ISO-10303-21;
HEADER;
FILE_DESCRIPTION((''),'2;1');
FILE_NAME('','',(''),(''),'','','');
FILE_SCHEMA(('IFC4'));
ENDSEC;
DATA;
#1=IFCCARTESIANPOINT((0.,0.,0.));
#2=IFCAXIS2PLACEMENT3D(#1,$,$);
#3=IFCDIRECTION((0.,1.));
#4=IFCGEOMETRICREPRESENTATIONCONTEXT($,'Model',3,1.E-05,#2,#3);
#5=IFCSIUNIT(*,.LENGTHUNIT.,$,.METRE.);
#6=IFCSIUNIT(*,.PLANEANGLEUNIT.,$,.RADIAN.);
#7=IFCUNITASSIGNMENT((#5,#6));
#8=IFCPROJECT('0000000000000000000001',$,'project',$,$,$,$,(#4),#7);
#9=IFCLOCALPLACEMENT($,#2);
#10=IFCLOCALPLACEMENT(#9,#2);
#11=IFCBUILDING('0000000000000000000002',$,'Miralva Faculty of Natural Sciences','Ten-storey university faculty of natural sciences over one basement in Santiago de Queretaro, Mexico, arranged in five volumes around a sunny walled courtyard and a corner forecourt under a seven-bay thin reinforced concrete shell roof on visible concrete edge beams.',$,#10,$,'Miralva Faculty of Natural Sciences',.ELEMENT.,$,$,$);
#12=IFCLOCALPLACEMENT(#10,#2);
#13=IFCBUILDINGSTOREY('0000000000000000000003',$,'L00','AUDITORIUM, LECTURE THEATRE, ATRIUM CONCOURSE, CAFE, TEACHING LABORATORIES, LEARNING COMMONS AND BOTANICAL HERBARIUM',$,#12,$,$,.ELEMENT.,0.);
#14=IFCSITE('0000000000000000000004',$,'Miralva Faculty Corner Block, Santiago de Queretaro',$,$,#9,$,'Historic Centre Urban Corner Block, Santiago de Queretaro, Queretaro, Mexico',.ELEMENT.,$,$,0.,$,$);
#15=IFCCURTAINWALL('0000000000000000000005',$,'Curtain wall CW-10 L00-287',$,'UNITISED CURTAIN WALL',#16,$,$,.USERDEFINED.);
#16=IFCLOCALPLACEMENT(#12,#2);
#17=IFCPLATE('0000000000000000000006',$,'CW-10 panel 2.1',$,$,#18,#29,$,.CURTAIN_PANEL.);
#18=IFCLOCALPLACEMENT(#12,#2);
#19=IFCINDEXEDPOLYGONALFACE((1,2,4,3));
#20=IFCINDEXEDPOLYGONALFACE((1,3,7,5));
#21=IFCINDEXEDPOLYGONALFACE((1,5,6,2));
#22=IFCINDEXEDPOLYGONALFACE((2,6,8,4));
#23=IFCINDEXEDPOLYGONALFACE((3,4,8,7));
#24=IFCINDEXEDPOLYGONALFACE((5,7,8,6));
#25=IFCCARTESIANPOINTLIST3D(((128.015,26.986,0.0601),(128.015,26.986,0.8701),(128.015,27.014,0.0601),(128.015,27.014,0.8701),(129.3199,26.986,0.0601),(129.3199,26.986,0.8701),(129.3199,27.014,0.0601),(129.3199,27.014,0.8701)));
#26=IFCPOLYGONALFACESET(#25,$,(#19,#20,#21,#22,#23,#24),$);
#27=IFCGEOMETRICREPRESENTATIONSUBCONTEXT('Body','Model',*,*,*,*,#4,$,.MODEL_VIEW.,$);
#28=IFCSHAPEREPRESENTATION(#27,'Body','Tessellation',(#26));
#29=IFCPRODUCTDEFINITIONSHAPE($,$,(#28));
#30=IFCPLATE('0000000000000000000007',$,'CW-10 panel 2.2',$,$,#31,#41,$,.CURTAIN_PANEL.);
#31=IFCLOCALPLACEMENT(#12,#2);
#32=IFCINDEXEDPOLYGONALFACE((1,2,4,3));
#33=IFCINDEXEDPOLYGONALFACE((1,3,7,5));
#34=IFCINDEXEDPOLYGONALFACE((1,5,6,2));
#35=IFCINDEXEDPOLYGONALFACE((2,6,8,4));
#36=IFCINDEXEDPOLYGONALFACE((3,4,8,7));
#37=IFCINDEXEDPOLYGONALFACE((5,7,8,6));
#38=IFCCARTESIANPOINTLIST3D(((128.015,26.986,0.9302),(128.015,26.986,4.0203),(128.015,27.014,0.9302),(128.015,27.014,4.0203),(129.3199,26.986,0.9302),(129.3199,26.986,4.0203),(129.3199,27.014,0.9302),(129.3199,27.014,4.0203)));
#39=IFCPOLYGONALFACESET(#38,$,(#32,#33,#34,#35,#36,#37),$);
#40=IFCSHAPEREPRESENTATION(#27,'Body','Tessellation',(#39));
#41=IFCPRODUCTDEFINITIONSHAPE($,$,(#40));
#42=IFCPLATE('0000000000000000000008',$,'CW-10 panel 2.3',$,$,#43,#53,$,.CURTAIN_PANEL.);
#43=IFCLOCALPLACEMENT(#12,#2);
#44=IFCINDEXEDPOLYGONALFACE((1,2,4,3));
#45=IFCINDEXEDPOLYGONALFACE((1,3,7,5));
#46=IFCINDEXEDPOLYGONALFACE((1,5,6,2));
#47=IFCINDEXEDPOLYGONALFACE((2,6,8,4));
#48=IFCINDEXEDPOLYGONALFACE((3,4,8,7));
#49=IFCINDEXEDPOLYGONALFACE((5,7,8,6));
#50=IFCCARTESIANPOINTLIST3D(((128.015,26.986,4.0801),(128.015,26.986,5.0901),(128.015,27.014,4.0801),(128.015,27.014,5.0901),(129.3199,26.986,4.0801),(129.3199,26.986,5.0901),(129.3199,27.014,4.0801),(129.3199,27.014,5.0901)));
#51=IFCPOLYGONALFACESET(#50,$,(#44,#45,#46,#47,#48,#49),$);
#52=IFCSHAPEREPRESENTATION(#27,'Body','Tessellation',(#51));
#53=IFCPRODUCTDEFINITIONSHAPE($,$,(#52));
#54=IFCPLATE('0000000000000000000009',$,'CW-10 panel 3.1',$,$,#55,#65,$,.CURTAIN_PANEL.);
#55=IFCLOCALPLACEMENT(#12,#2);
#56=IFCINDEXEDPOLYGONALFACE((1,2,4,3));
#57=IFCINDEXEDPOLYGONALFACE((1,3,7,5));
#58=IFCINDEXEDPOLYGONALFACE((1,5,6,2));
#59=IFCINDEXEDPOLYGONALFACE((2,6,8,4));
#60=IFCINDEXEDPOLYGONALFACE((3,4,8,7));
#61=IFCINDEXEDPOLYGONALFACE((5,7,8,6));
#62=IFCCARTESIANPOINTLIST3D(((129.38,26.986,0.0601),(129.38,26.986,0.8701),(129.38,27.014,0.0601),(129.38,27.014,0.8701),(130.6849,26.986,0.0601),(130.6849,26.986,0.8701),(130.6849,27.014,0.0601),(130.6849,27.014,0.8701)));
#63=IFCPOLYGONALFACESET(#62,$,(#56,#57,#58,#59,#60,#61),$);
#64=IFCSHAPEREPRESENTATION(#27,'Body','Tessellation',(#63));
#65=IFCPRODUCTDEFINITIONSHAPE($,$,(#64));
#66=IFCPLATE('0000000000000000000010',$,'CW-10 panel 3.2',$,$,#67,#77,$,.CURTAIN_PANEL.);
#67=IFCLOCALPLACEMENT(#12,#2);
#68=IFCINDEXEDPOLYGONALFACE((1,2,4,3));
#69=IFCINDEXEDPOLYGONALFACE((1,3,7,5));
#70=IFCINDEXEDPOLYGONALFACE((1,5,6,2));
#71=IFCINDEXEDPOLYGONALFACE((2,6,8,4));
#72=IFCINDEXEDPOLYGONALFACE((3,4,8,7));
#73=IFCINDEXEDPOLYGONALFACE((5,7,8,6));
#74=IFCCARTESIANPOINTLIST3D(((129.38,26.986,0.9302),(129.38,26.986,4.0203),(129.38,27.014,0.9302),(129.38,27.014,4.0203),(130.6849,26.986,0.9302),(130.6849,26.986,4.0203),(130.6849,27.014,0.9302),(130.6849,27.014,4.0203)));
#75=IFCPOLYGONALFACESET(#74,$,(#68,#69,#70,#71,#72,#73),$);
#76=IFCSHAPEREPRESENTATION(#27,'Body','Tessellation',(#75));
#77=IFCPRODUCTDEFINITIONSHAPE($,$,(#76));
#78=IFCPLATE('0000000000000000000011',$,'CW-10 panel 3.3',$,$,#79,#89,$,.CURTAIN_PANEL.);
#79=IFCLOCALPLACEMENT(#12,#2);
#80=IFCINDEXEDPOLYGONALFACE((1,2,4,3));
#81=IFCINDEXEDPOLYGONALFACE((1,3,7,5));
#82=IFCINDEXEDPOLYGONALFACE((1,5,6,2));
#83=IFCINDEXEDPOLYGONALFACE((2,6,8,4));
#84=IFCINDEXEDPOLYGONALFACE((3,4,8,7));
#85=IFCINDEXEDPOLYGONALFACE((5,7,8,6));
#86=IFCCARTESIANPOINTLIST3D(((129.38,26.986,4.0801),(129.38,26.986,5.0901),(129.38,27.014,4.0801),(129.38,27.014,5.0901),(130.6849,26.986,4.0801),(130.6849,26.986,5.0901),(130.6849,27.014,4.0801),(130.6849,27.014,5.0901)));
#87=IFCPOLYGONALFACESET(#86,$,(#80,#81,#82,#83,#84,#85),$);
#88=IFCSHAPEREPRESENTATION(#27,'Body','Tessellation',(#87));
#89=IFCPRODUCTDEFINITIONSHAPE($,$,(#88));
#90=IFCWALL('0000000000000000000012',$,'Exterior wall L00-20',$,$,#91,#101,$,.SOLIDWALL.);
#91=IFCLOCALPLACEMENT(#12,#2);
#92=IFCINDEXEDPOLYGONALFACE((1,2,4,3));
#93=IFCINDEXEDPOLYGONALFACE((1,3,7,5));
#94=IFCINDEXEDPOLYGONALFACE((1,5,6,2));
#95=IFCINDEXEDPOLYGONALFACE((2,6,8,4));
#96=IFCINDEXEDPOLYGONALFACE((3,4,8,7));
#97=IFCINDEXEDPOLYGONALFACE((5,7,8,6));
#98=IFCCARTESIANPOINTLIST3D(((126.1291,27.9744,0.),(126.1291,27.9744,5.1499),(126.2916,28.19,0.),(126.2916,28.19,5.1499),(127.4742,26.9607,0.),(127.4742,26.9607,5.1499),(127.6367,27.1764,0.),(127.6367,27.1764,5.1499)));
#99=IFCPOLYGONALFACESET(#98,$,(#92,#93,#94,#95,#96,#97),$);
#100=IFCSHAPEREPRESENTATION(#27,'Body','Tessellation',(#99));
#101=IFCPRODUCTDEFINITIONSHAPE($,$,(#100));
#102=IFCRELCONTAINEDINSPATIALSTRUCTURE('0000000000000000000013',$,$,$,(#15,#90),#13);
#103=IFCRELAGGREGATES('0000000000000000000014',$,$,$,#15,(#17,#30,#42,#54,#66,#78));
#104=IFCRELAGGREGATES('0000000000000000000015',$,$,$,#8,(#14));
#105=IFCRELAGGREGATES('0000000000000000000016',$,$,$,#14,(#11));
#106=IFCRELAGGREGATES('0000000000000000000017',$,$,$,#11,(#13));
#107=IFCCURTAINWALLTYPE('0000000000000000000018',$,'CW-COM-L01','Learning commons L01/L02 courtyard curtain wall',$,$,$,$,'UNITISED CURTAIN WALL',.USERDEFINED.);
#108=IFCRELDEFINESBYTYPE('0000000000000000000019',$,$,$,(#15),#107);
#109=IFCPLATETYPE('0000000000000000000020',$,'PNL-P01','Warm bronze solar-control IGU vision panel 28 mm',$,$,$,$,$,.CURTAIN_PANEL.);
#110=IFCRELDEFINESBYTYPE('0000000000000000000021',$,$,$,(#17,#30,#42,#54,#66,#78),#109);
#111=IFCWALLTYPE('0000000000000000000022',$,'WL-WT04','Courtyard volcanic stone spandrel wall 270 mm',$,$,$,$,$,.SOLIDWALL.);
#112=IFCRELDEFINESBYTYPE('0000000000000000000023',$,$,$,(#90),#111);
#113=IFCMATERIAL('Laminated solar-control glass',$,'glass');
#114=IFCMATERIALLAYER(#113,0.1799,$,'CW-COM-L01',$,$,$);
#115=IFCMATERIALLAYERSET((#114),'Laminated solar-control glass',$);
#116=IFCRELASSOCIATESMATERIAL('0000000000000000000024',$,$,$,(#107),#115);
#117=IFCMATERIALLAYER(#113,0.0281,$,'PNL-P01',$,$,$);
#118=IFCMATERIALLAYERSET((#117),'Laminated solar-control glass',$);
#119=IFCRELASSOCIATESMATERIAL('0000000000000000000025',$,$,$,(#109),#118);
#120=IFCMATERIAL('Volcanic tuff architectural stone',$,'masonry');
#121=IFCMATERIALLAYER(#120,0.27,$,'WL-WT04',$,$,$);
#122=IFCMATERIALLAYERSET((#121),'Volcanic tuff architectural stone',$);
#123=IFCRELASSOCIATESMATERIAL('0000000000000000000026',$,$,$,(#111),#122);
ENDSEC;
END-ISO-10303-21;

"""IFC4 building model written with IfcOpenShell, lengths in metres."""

from ifc_helpers import new_model, si_unit, direction, frame, frame_2d, origin, origin_2d, place, context, subcontext, project, spatial, rectangle, extrude, material, layer, layer_set, type_object, element, aggregate, save


model = new_model("IFC4")

# Units and contexts
model_context = context("Model", 3, precision=1e-05, world=origin(), true_north=direction((0.0, 1.0)))
body_context = subcontext(model_context, "Body", "Model", "MODEL_VIEW")
ifc_project = project(units=[si_unit("LENGTHUNIT", "METRE"), si_unit("PLANEANGLEUNIT", "RADIAN")], contexts=[model_context])

# Site, building, storey
site_placement = place(None, origin())
site = spatial("IfcSite", under=ifc_project, at=site_placement, Name="Miralva Faculty Corner Block, Santiago de Queretaro", LongName="Historic Centre Urban Corner Block, Santiago de Queretaro, Queretaro, Mexico", CompositionType="ELEMENT", RefElevation=0.0)
building_placement = place(site_placement, origin())
building = spatial("IfcBuilding", under=site, at=building_placement, Name="Miralva Faculty of Natural Sciences", Description="Ten-storey university faculty of natural sciences over one basement in Santiago de Queretaro, Mexico, arranged in five volumes around a sunny walled courtyard and a corner forecourt under a seven-bay thin reinforced concrete shell roof on visible concrete edge beams.", LongName="Miralva Faculty of Natural Sciences", CompositionType="ELEMENT")
storey_placement = place(building_placement, origin())
storey = spatial("IfcBuildingStorey", under=building, at=storey_placement, Name="L00", Description="AUDITORIUM, LECTURE THEATRE, ATRIUM CONCOURSE, CAFE, TEACHING LABORATORIES, LEARNING COMMONS AND BOTANICAL HERBARIUM", CompositionType="ELEMENT", Elevation=0.0)

# Shared definitions
ifc_material_1 = material(Name="Laminated solar-control glass", Category="glass")

# Curtain wall
ifc_layer_1 = layer(ifc_material_1, 0.1799, Name="CW-COM-L01")
ifc_layer_set_1 = layer_set([ifc_layer_1], Name="Laminated solar-control glass")
curtain_wall_type_1 = type_object("IfcCurtainWallType", Name="CW-COM-L01", Description="Learning commons L01/L02 courtyard curtain wall", ElementType="UNITISED CURTAIN WALL", PredefinedType="USERDEFINED", material=ifc_layer_set_1)
curtain_wall_1_placement = place(storey_placement, origin())
curtain_wall_1 = element("IfcCurtainWall", 1, at=curtain_wall_1_placement, inside=storey, type_object=curtain_wall_type_1, Name="Curtain wall CW-10 L00-287", ObjectType="UNITISED CURTAIN WALL", PredefinedType="USERDEFINED")

# Plates
ifc_layer_2 = layer(ifc_material_1, 0.0281, Name="PNL-P01")
ifc_layer_set_2 = layer_set([ifc_layer_2], Name="Laminated solar-control glass")
plate_type = type_object("IfcPlateType", Name="PNL-P01", Description="Warm bronze solar-control IGU vision panel 28 mm", PredefinedType="CURTAIN_PANEL", material=ifc_layer_set_2)
plate_1_placement = place(storey_placement, frame((128.6675, 27.0, 0.0601), z_axis=(0.0, 0.0, 1.0), x_axis=(1.0, 0.0, 0.0)))
plate_1 = element("IfcPlate", 2, at=plate_1_placement, type_object=plate_type, Name="CW-10 panel 2.1", PredefinedType="CURTAIN_PANEL", context=body_context, shape_type="SweptSolid", body=[
    extrude(rectangle(XDim=1.3049, YDim=0.0281, at=origin_2d()), origin(), (0.0, 0.0, 1.0), 0.8101),
])
plate_2_placement = place(storey_placement, frame((128.6675, 27.0, 0.9302), z_axis=(0.0, 0.0, 1.0), x_axis=(1.0, 0.0, 0.0)))
plate_2 = element("IfcPlate", 3, at=plate_2_placement, type_object=plate_type, Name="CW-10 panel 2.2", PredefinedType="CURTAIN_PANEL", context=body_context, shape_type="SweptSolid", body=[
    extrude(rectangle(XDim=1.3049, YDim=0.0281, at=origin_2d()), origin(), (0.0, 0.0, 1.0), 3.0901),
])
plate_3_placement = place(storey_placement, frame((128.6675, 27.0, 4.0801), z_axis=(0.0, 0.0, 1.0), x_axis=(1.0, 0.0, 0.0)))
plate_3 = element("IfcPlate", 4, at=plate_3_placement, type_object=plate_type, Name="CW-10 panel 2.3", PredefinedType="CURTAIN_PANEL", context=body_context, shape_type="SweptSolid", body=[
    extrude(rectangle(XDim=1.3049, YDim=0.0281, at=origin_2d()), origin(), (0.0, 0.0, 1.0), 1.01),
])
plate_4_placement = place(storey_placement, frame((130.0325, 27.0, 0.0601), z_axis=(0.0, 0.0, 1.0), x_axis=(1.0, 0.0, 0.0)))
plate_4 = element("IfcPlate", 5, at=plate_4_placement, type_object=plate_type, Name="CW-10 panel 3.1", PredefinedType="CURTAIN_PANEL", context=body_context, shape_type="SweptSolid", body=[
    extrude(rectangle(XDim=1.3049, YDim=0.0281, at=origin_2d()), origin(), (0.0, 0.0, 1.0), 0.8101),
])
plate_5_placement = place(storey_placement, frame((130.0325, 27.0, 0.9302), z_axis=(0.0, 0.0, 1.0), x_axis=(1.0, 0.0, 0.0)))
plate_5 = element("IfcPlate", 6, at=plate_5_placement, type_object=plate_type, Name="CW-10 panel 3.2", PredefinedType="CURTAIN_PANEL", context=body_context, shape_type="SweptSolid", body=[
    extrude(rectangle(XDim=1.3049, YDim=0.0281, at=origin_2d()), origin(), (0.0, 0.0, 1.0), 3.0901),
])
plate_6_placement = place(storey_placement, frame((130.0325, 27.0, 4.0801), z_axis=(0.0, 0.0, 1.0), x_axis=(1.0, 0.0, 0.0)))
plate_6 = element("IfcPlate", 7, at=plate_6_placement, type_object=plate_type, Name="CW-10 panel 3.3", PredefinedType="CURTAIN_PANEL", context=body_context, shape_type="SweptSolid", body=[
    extrude(rectangle(XDim=1.3049, YDim=0.0281, at=origin_2d()), origin(), (0.0, 0.0, 1.0), 1.01),
])
aggregate(curtain_wall_1, [plate_1, plate_2, plate_3, plate_4, plate_5, plate_6])

# Wall
ifc_material_2 = material(Name="Volcanic tuff architectural stone", Category="masonry")
ifc_layer_3 = layer(ifc_material_2, 0.27, Name="WL-WT04")
ifc_layer_set_3 = layer_set([ifc_layer_3], Name="Volcanic tuff architectural stone")
wall_type = type_object("IfcWallType", Name="WL-WT04", Description="Courtyard volcanic stone spandrel wall 270 mm", PredefinedType="SOLIDWALL", material=ifc_layer_set_3)
wall_placement = place(storey_placement, frame((126.2102, 28.0823, 0.0), z_axis=(0.0, 0.0, 1.0), x_axis=(0.798641, -0.601807, 0.0)))
element("IfcWall", 8, at=wall_placement, inside=storey, type_object=wall_type, Name="Exterior wall L00-20", PredefinedType="SOLIDWALL", context=body_context, shape_type="SweptSolid", body=[
    extrude(rectangle(XDim=1.6843, YDim=0.27, at=frame_2d((0.8423, 0.0))), origin(), (0.0, 0.0, 1.0), 5.1499),
])

save(model, "model.ifc")
